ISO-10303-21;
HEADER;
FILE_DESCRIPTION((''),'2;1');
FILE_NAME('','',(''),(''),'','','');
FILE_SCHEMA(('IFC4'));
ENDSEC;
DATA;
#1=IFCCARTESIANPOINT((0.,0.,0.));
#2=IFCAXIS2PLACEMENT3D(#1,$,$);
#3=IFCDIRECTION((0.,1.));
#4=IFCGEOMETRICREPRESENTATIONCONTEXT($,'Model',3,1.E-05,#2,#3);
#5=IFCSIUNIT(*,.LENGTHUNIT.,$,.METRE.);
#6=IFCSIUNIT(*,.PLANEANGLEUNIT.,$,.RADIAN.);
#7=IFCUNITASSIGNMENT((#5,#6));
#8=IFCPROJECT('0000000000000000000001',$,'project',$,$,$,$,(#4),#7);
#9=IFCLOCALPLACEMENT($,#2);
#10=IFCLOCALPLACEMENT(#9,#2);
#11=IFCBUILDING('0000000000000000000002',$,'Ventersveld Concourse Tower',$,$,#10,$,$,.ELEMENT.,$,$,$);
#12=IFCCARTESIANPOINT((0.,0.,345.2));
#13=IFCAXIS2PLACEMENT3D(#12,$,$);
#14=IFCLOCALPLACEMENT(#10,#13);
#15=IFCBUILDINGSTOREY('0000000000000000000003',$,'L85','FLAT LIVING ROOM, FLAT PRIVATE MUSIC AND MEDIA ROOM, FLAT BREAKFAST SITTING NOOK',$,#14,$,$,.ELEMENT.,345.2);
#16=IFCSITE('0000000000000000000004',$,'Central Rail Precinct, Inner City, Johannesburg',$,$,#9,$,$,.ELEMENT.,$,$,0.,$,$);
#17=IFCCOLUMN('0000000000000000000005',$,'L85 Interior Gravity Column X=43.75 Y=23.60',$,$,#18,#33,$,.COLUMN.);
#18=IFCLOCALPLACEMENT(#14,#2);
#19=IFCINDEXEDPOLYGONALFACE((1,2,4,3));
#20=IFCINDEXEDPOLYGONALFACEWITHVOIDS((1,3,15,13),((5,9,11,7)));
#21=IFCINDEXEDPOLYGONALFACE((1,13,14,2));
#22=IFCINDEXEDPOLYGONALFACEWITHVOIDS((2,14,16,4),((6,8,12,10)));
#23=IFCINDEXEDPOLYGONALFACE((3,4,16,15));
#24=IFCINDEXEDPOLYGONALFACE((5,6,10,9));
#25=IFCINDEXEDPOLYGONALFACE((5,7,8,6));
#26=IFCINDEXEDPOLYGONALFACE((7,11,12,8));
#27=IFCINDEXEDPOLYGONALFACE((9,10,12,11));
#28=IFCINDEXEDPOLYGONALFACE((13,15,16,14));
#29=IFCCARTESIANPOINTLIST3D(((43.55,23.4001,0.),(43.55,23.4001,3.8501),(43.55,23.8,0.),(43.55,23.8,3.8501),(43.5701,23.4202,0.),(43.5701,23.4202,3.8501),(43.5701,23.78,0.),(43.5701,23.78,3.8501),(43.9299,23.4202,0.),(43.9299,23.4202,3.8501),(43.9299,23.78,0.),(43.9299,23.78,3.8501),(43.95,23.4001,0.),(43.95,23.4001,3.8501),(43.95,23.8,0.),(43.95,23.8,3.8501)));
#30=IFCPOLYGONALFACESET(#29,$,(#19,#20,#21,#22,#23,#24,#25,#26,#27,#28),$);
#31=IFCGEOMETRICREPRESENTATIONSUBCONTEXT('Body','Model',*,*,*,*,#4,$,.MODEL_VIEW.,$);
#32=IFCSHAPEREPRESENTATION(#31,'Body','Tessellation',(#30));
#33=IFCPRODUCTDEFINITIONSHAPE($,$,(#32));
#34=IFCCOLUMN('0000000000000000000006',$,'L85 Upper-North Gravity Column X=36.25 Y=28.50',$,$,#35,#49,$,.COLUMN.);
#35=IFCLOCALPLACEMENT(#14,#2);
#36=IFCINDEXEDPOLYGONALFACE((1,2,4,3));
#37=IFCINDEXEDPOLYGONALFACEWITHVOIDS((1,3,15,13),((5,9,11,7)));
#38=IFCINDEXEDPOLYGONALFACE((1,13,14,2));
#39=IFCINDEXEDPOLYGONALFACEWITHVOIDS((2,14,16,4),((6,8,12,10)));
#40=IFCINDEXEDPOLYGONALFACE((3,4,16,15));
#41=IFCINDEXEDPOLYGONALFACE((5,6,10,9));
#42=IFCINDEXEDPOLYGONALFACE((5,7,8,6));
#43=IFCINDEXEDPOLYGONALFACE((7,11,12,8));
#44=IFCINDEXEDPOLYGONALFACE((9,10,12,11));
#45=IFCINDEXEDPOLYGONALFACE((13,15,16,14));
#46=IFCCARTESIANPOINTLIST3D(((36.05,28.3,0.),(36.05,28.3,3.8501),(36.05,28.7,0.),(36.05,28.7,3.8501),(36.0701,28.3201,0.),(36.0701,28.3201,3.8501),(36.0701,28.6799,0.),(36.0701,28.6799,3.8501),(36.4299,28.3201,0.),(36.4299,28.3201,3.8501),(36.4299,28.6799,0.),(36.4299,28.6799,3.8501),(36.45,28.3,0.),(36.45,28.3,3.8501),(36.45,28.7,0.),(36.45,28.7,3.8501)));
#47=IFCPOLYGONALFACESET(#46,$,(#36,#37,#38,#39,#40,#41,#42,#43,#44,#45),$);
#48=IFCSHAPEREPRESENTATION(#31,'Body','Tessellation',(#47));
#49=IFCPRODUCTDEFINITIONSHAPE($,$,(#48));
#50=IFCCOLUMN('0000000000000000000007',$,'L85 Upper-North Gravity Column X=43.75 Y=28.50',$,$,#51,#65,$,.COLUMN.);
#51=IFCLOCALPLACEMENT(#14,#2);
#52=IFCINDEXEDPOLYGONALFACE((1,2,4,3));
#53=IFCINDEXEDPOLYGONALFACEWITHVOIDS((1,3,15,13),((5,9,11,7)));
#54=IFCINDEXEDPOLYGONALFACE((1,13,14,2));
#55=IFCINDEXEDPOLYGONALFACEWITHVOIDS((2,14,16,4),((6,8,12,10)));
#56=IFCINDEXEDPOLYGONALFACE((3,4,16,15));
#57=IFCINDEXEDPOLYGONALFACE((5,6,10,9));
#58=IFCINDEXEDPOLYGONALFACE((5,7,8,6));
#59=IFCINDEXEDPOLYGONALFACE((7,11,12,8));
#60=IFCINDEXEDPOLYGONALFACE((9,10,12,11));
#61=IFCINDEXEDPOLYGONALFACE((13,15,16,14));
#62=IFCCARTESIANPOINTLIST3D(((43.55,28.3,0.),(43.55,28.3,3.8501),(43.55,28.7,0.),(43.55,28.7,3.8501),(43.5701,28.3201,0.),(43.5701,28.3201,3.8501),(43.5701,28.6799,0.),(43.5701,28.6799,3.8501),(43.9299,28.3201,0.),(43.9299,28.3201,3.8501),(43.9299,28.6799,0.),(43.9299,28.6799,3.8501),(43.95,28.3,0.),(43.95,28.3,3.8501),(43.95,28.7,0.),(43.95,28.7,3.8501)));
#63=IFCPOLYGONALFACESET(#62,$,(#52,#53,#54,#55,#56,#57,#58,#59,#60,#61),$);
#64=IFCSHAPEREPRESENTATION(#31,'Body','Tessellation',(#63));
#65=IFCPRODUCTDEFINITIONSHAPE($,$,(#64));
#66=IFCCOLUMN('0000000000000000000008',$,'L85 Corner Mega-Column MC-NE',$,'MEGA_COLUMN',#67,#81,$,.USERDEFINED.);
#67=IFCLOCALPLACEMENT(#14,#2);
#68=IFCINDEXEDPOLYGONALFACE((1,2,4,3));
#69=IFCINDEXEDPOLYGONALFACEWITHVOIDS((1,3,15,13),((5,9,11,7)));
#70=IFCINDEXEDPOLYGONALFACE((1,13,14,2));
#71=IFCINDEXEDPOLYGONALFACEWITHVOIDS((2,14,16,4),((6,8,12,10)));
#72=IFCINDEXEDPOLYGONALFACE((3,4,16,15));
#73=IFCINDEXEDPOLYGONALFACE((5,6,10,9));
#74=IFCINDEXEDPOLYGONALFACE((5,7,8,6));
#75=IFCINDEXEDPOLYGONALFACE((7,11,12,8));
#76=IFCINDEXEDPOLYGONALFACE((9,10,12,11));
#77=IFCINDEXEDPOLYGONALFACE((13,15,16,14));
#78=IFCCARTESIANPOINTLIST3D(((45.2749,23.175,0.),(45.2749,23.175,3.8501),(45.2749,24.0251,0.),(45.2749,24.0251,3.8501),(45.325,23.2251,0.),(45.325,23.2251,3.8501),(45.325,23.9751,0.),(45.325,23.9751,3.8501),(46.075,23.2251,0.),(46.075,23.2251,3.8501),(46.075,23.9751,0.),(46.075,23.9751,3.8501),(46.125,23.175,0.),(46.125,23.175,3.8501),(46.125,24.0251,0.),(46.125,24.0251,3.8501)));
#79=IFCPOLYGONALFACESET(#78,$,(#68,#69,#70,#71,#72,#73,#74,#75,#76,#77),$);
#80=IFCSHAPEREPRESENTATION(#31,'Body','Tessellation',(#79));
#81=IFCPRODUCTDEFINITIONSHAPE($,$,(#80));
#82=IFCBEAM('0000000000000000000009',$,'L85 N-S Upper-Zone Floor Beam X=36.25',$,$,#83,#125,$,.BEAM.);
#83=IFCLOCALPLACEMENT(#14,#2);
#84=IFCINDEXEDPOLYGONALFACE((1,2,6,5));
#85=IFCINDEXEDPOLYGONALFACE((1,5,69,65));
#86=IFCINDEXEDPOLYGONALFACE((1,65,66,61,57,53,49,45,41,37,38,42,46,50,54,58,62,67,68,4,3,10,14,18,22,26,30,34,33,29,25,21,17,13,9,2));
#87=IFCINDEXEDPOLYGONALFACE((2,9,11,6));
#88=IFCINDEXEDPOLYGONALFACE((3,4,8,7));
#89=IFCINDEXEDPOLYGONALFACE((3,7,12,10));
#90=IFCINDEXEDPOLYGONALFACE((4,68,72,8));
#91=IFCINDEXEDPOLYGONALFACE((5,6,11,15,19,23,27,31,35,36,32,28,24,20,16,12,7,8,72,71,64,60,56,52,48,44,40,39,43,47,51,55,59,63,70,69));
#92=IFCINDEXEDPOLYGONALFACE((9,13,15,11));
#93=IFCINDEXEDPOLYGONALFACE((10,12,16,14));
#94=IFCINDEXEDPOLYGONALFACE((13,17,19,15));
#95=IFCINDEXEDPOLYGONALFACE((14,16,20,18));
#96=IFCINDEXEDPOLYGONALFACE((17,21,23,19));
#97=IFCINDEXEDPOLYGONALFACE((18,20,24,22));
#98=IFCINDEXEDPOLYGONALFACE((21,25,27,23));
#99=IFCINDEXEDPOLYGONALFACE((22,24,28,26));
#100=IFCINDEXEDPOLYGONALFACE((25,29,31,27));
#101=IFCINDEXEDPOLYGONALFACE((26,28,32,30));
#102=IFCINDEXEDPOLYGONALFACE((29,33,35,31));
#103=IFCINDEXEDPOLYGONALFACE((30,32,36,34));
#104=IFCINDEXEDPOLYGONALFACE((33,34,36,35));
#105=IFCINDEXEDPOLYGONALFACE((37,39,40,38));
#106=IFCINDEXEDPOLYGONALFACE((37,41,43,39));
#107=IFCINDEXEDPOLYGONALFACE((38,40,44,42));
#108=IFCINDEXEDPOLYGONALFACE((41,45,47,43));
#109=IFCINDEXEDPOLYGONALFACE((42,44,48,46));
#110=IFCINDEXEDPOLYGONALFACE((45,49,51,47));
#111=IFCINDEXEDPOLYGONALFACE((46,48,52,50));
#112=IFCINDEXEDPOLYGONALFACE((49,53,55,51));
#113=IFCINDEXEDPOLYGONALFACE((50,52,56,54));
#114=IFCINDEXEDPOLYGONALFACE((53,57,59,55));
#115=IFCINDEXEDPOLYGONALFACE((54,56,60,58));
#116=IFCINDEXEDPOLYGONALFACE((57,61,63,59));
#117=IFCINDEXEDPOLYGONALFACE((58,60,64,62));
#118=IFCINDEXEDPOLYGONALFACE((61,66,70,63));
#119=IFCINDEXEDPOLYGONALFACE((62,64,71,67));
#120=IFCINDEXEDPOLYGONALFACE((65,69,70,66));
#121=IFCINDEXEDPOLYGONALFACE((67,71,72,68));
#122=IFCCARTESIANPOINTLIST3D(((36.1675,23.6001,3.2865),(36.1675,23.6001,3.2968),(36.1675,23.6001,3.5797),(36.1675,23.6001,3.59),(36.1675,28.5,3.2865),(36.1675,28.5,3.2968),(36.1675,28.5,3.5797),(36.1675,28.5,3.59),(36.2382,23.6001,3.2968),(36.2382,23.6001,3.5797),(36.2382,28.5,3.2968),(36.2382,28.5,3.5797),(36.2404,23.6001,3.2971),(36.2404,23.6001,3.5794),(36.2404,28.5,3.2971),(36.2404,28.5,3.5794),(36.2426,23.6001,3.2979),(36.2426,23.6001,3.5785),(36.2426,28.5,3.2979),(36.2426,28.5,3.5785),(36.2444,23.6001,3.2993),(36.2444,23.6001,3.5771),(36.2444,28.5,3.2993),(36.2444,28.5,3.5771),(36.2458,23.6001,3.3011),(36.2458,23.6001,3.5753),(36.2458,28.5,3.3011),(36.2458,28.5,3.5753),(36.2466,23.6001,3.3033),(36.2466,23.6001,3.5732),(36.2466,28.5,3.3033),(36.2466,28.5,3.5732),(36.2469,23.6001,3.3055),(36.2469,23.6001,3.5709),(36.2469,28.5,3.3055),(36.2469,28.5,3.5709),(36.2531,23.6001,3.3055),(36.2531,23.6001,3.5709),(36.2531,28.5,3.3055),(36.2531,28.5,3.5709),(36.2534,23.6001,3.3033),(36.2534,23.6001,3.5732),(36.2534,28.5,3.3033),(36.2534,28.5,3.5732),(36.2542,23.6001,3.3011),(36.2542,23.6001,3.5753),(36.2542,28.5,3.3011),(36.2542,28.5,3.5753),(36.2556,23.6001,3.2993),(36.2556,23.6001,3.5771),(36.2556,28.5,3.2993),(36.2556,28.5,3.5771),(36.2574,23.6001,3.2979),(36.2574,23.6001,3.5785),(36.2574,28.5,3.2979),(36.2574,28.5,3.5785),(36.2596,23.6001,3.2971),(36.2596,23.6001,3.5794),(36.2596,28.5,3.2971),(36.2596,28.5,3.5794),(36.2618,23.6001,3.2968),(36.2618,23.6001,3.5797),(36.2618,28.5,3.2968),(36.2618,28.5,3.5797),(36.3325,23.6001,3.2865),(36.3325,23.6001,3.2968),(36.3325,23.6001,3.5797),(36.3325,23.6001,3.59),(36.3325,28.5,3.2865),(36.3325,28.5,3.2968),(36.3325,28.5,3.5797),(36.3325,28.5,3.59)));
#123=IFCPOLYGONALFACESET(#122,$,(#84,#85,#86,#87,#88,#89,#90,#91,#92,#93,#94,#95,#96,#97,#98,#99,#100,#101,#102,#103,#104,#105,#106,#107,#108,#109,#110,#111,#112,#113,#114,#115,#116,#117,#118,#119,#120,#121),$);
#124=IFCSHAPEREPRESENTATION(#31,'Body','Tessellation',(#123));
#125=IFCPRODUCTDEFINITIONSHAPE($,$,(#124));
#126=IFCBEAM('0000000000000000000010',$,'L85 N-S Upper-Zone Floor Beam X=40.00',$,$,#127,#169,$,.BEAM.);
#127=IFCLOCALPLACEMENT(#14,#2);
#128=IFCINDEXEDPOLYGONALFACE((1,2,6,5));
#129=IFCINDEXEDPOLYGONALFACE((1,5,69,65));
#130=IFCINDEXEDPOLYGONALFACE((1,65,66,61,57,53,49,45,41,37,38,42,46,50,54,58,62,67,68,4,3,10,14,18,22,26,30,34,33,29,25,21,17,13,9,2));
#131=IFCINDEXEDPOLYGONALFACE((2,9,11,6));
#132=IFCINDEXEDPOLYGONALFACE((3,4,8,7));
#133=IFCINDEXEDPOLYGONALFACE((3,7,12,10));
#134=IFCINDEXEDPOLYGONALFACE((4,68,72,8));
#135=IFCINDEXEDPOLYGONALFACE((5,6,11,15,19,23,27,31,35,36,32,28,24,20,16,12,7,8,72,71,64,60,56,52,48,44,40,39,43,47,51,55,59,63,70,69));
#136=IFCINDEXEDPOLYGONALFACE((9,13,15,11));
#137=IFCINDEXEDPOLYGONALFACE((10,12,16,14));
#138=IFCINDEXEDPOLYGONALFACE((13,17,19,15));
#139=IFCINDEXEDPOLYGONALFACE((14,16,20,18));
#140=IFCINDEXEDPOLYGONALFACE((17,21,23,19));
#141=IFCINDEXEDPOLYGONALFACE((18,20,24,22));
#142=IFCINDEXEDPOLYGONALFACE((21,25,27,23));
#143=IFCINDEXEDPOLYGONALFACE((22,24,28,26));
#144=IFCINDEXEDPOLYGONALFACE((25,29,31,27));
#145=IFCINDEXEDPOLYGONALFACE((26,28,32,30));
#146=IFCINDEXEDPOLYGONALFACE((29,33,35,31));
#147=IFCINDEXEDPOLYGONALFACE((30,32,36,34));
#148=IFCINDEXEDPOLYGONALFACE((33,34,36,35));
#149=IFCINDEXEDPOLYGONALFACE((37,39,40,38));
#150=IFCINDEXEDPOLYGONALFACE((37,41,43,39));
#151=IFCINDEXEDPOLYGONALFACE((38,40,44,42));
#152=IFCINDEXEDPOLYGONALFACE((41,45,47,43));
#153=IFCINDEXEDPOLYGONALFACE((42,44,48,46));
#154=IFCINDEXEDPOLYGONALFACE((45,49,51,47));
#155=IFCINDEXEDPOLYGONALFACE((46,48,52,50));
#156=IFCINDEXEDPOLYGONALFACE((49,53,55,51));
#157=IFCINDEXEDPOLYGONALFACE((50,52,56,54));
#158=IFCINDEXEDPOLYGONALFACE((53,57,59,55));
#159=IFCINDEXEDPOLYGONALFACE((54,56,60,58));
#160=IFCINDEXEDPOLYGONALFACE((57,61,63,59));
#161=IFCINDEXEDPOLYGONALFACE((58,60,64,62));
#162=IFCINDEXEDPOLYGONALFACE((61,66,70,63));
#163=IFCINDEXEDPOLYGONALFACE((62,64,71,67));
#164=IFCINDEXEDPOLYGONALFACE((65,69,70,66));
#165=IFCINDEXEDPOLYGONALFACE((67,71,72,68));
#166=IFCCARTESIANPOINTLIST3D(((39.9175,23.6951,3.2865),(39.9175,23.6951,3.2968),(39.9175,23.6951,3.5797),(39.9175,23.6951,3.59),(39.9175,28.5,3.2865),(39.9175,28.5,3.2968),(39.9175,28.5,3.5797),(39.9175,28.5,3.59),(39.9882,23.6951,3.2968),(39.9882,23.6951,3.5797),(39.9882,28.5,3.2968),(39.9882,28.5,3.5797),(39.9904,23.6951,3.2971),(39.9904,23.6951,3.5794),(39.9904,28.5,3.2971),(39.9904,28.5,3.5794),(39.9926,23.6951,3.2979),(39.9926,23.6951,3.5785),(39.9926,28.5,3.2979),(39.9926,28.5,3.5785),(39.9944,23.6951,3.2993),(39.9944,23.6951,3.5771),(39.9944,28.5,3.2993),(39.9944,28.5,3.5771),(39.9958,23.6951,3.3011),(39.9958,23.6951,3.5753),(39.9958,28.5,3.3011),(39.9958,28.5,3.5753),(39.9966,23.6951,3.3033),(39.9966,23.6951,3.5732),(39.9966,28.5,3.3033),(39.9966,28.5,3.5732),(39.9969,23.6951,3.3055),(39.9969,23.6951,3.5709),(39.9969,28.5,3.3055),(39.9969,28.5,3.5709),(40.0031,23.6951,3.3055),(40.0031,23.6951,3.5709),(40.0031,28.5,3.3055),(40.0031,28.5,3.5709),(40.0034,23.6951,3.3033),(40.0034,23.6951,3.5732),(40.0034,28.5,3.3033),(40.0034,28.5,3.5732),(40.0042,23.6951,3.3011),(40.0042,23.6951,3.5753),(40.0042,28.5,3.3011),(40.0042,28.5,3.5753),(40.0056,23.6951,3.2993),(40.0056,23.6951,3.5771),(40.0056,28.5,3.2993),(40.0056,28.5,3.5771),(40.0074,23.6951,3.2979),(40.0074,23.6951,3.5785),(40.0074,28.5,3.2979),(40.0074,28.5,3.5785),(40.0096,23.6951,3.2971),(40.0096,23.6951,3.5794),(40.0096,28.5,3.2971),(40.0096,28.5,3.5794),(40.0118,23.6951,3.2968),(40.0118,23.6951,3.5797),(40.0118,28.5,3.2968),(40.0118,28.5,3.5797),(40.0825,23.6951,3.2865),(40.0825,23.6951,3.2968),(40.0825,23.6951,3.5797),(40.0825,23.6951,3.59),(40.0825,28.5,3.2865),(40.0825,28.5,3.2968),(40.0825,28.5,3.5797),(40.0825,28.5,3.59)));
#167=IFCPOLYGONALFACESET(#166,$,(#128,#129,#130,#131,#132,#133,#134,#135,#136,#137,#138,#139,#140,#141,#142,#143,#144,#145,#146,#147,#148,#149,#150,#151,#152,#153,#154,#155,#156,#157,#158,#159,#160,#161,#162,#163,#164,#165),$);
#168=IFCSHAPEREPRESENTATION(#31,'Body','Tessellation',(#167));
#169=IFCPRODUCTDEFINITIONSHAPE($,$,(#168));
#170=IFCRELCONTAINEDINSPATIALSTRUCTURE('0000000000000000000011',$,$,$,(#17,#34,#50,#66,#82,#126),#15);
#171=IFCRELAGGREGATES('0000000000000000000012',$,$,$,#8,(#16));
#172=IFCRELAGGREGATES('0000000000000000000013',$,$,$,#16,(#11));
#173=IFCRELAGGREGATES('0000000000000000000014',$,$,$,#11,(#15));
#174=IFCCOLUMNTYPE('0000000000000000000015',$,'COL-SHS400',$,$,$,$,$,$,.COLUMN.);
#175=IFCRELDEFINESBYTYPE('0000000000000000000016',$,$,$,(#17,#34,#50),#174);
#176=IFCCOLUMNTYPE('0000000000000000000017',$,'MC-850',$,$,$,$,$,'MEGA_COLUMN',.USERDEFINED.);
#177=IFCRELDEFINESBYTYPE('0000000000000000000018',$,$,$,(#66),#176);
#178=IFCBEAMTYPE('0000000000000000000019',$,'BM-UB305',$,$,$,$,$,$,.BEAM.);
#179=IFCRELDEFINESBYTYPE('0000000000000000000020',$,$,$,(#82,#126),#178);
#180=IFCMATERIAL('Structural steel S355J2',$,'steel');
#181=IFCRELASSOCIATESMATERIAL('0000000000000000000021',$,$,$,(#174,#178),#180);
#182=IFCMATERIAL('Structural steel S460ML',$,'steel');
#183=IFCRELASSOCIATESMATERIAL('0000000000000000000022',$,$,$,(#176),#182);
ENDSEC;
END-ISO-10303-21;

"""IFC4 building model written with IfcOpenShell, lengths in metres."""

from ifc_helpers import new_model, si_unit, direction, frame, origin, origin_2d, place, context, subcontext, project, spatial, hollow_rectangle, i_section, extrude, material, material_profile, profile_set, type_object, element, save


model = new_model("IFC4")

# Units and contexts
model_context = context("Model", 3, precision=1e-05, world=origin(), true_north=direction((0.0, 1.0)))
body_context = subcontext(model_context, "Body", "Model", "MODEL_VIEW")
ifc_project = project(units=[si_unit("LENGTHUNIT", "METRE"), si_unit("PLANEANGLEUNIT", "RADIAN")], contexts=[model_context])

# Site, building, storey
site_placement = place(None, origin())
site = spatial("IfcSite", under=ifc_project, at=site_placement, Name="Central Rail Precinct, Inner City, Johannesburg", CompositionType="ELEMENT", RefElevation=0.0)
building_placement = place(site_placement, origin())
building = spatial("IfcBuilding", under=site, at=building_placement, Name="Ventersveld Concourse Tower", CompositionType="ELEMENT")
storey_placement = place(building_placement, frame((0.0, 0.0, 345.2)))
storey = spatial("IfcBuildingStorey", under=building, at=storey_placement, Name="L85", Description="FLAT LIVING ROOM, FLAT PRIVATE MUSIC AND MEDIA ROOM, FLAT BREAKFAST SITTING NOOK", CompositionType="ELEMENT", Elevation=345.2)

# Columns
ifc_material_1 = material(Name="Structural steel S355J2", Category="steel")
ifc_material_profile_1 = material_profile(ifc_material_1, hollow_rectangle(XDim=0.3999, YDim=0.3999, WallThickness=0.02, at=origin_2d()), Name="SHS 400x400x20")
ifc_profile_set_1 = profile_set([ifc_material_profile_1], Name="Structural steel S355J2")
column_type_1 = type_object("IfcColumnType", Name="COL-SHS400", PredefinedType="COLUMN", material=ifc_profile_set_1)
for number, where, z_axis, x_axis, name in (
    (1, (43.75, 23.6001, 0.0), (0.0, 0.0, 1.0), (1.0, 0.0, 0.0), "L85 Interior Gravity Column X=43.75 Y=23.60"),
    (2, (36.25, 28.5, 0.0), (0.0, 0.0, 1.0), (1.0, 0.0, 0.0), "L85 Upper-North Gravity Column X=36.25 Y=28.50"),
    (3, (43.75, 28.5, 0.0), (0.0, 0.0, 1.0), (1.0, 0.0, 0.0), "L85 Upper-North Gravity Column X=43.75 Y=28.50"),
):
    element("IfcColumn", number, at=place(storey_placement, frame(where, z_axis=z_axis, x_axis=x_axis)), inside=storey, type_object=column_type_1, Name=name, PredefinedType="COLUMN", context=body_context, shape_type="SweptSolid", body=[
        extrude(hollow_rectangle(XDim=0.3999, YDim=0.3999, WallThickness=0.02, at=origin_2d()), origin(), (0.0, 0.0, 1.0), 3.8501),
    ])
ifc_material_2 = material(Name="Structural steel S460ML", Category="steel")
ifc_material_profile_2 = material_profile(ifc_material_2, hollow_rectangle(XDim=0.8501, YDim=0.8501, WallThickness=0.05, at=origin_2d()), Name="BOX 850x850x50")
ifc_profile_set_2 = profile_set([ifc_material_profile_2], Name="Structural steel S460ML")
column_type_2 = type_object("IfcColumnType", Name="MC-850", ElementType="MEGA_COLUMN", PredefinedType="USERDEFINED", material=ifc_profile_set_2)
column_placement = place(storey_placement, frame((45.7, 23.6001, 0.0), z_axis=(0.0, 0.0, 1.0), x_axis=(1.0, 0.0, 0.0)))
element("IfcColumn", 4, at=column_placement, inside=storey, type_object=column_type_2, Name="L85 Corner Mega-Column MC-NE", ObjectType="MEGA_COLUMN", PredefinedType="USERDEFINED", context=body_context, shape_type="SweptSolid", body=[
    extrude(hollow_rectangle(XDim=0.8501, YDim=0.8501, WallThickness=0.05, at=origin_2d()), origin(), (0.0, 0.0, 1.0), 3.8501),
])

# Beams
ifc_material_profile_3 = material_profile(ifc_material_1, i_section(OverallWidth=0.165, OverallDepth=0.3035, WebThickness=0.0061, FlangeThickness=0.0103, FilletRadius=0.0088, at=origin_2d()), Name="UB 305x165x40")
ifc_profile_set_3 = profile_set([ifc_material_profile_3], Name="Structural steel S355J2")
beam_type_1 = type_object("IfcBeamType", Name="BM-UB305", PredefinedType="BEAM", material=ifc_profile_set_3)
beam_1_placement = place(storey_placement, frame((36.25, 23.6001, 3.4382), z_axis=(0.0, 1.0, 0.0), x_axis=(-1.0, 0.0, 0.0)))
element("IfcBeam", 5, at=beam_1_placement, inside=storey, type_object=beam_type_1, Name="L85 N-S Upper-Zone Floor Beam X=36.25", PredefinedType="BEAM", context=body_context, shape_type="SweptSolid", body=[
    extrude(i_section(OverallWidth=0.165, OverallDepth=0.3035, WebThickness=0.0061, FlangeThickness=0.0103, FilletRadius=0.0088, at=origin_2d()), origin(), (0.0, 0.0, 1.0), 4.8999),
])
beam_2_placement = place(storey_placement, frame((40.0, 23.6951, 3.4382), z_axis=(0.0, 1.0, 0.0), x_axis=(-1.0, 0.0, 0.0)))
element("IfcBeam", 6, at=beam_2_placement, inside=storey, type_object=beam_type_1, Name="L85 N-S Upper-Zone Floor Beam X=40.00", PredefinedType="BEAM", context=body_context, shape_type="SweptSolid", body=[
    extrude(i_section(OverallWidth=0.165, OverallDepth=0.3035, WebThickness=0.0061, FlangeThickness=0.0103, FilletRadius=0.0088, at=origin_2d()), origin(), (0.0, 0.0, 1.0), 4.8049),
])

save(model, "model.ifc")
